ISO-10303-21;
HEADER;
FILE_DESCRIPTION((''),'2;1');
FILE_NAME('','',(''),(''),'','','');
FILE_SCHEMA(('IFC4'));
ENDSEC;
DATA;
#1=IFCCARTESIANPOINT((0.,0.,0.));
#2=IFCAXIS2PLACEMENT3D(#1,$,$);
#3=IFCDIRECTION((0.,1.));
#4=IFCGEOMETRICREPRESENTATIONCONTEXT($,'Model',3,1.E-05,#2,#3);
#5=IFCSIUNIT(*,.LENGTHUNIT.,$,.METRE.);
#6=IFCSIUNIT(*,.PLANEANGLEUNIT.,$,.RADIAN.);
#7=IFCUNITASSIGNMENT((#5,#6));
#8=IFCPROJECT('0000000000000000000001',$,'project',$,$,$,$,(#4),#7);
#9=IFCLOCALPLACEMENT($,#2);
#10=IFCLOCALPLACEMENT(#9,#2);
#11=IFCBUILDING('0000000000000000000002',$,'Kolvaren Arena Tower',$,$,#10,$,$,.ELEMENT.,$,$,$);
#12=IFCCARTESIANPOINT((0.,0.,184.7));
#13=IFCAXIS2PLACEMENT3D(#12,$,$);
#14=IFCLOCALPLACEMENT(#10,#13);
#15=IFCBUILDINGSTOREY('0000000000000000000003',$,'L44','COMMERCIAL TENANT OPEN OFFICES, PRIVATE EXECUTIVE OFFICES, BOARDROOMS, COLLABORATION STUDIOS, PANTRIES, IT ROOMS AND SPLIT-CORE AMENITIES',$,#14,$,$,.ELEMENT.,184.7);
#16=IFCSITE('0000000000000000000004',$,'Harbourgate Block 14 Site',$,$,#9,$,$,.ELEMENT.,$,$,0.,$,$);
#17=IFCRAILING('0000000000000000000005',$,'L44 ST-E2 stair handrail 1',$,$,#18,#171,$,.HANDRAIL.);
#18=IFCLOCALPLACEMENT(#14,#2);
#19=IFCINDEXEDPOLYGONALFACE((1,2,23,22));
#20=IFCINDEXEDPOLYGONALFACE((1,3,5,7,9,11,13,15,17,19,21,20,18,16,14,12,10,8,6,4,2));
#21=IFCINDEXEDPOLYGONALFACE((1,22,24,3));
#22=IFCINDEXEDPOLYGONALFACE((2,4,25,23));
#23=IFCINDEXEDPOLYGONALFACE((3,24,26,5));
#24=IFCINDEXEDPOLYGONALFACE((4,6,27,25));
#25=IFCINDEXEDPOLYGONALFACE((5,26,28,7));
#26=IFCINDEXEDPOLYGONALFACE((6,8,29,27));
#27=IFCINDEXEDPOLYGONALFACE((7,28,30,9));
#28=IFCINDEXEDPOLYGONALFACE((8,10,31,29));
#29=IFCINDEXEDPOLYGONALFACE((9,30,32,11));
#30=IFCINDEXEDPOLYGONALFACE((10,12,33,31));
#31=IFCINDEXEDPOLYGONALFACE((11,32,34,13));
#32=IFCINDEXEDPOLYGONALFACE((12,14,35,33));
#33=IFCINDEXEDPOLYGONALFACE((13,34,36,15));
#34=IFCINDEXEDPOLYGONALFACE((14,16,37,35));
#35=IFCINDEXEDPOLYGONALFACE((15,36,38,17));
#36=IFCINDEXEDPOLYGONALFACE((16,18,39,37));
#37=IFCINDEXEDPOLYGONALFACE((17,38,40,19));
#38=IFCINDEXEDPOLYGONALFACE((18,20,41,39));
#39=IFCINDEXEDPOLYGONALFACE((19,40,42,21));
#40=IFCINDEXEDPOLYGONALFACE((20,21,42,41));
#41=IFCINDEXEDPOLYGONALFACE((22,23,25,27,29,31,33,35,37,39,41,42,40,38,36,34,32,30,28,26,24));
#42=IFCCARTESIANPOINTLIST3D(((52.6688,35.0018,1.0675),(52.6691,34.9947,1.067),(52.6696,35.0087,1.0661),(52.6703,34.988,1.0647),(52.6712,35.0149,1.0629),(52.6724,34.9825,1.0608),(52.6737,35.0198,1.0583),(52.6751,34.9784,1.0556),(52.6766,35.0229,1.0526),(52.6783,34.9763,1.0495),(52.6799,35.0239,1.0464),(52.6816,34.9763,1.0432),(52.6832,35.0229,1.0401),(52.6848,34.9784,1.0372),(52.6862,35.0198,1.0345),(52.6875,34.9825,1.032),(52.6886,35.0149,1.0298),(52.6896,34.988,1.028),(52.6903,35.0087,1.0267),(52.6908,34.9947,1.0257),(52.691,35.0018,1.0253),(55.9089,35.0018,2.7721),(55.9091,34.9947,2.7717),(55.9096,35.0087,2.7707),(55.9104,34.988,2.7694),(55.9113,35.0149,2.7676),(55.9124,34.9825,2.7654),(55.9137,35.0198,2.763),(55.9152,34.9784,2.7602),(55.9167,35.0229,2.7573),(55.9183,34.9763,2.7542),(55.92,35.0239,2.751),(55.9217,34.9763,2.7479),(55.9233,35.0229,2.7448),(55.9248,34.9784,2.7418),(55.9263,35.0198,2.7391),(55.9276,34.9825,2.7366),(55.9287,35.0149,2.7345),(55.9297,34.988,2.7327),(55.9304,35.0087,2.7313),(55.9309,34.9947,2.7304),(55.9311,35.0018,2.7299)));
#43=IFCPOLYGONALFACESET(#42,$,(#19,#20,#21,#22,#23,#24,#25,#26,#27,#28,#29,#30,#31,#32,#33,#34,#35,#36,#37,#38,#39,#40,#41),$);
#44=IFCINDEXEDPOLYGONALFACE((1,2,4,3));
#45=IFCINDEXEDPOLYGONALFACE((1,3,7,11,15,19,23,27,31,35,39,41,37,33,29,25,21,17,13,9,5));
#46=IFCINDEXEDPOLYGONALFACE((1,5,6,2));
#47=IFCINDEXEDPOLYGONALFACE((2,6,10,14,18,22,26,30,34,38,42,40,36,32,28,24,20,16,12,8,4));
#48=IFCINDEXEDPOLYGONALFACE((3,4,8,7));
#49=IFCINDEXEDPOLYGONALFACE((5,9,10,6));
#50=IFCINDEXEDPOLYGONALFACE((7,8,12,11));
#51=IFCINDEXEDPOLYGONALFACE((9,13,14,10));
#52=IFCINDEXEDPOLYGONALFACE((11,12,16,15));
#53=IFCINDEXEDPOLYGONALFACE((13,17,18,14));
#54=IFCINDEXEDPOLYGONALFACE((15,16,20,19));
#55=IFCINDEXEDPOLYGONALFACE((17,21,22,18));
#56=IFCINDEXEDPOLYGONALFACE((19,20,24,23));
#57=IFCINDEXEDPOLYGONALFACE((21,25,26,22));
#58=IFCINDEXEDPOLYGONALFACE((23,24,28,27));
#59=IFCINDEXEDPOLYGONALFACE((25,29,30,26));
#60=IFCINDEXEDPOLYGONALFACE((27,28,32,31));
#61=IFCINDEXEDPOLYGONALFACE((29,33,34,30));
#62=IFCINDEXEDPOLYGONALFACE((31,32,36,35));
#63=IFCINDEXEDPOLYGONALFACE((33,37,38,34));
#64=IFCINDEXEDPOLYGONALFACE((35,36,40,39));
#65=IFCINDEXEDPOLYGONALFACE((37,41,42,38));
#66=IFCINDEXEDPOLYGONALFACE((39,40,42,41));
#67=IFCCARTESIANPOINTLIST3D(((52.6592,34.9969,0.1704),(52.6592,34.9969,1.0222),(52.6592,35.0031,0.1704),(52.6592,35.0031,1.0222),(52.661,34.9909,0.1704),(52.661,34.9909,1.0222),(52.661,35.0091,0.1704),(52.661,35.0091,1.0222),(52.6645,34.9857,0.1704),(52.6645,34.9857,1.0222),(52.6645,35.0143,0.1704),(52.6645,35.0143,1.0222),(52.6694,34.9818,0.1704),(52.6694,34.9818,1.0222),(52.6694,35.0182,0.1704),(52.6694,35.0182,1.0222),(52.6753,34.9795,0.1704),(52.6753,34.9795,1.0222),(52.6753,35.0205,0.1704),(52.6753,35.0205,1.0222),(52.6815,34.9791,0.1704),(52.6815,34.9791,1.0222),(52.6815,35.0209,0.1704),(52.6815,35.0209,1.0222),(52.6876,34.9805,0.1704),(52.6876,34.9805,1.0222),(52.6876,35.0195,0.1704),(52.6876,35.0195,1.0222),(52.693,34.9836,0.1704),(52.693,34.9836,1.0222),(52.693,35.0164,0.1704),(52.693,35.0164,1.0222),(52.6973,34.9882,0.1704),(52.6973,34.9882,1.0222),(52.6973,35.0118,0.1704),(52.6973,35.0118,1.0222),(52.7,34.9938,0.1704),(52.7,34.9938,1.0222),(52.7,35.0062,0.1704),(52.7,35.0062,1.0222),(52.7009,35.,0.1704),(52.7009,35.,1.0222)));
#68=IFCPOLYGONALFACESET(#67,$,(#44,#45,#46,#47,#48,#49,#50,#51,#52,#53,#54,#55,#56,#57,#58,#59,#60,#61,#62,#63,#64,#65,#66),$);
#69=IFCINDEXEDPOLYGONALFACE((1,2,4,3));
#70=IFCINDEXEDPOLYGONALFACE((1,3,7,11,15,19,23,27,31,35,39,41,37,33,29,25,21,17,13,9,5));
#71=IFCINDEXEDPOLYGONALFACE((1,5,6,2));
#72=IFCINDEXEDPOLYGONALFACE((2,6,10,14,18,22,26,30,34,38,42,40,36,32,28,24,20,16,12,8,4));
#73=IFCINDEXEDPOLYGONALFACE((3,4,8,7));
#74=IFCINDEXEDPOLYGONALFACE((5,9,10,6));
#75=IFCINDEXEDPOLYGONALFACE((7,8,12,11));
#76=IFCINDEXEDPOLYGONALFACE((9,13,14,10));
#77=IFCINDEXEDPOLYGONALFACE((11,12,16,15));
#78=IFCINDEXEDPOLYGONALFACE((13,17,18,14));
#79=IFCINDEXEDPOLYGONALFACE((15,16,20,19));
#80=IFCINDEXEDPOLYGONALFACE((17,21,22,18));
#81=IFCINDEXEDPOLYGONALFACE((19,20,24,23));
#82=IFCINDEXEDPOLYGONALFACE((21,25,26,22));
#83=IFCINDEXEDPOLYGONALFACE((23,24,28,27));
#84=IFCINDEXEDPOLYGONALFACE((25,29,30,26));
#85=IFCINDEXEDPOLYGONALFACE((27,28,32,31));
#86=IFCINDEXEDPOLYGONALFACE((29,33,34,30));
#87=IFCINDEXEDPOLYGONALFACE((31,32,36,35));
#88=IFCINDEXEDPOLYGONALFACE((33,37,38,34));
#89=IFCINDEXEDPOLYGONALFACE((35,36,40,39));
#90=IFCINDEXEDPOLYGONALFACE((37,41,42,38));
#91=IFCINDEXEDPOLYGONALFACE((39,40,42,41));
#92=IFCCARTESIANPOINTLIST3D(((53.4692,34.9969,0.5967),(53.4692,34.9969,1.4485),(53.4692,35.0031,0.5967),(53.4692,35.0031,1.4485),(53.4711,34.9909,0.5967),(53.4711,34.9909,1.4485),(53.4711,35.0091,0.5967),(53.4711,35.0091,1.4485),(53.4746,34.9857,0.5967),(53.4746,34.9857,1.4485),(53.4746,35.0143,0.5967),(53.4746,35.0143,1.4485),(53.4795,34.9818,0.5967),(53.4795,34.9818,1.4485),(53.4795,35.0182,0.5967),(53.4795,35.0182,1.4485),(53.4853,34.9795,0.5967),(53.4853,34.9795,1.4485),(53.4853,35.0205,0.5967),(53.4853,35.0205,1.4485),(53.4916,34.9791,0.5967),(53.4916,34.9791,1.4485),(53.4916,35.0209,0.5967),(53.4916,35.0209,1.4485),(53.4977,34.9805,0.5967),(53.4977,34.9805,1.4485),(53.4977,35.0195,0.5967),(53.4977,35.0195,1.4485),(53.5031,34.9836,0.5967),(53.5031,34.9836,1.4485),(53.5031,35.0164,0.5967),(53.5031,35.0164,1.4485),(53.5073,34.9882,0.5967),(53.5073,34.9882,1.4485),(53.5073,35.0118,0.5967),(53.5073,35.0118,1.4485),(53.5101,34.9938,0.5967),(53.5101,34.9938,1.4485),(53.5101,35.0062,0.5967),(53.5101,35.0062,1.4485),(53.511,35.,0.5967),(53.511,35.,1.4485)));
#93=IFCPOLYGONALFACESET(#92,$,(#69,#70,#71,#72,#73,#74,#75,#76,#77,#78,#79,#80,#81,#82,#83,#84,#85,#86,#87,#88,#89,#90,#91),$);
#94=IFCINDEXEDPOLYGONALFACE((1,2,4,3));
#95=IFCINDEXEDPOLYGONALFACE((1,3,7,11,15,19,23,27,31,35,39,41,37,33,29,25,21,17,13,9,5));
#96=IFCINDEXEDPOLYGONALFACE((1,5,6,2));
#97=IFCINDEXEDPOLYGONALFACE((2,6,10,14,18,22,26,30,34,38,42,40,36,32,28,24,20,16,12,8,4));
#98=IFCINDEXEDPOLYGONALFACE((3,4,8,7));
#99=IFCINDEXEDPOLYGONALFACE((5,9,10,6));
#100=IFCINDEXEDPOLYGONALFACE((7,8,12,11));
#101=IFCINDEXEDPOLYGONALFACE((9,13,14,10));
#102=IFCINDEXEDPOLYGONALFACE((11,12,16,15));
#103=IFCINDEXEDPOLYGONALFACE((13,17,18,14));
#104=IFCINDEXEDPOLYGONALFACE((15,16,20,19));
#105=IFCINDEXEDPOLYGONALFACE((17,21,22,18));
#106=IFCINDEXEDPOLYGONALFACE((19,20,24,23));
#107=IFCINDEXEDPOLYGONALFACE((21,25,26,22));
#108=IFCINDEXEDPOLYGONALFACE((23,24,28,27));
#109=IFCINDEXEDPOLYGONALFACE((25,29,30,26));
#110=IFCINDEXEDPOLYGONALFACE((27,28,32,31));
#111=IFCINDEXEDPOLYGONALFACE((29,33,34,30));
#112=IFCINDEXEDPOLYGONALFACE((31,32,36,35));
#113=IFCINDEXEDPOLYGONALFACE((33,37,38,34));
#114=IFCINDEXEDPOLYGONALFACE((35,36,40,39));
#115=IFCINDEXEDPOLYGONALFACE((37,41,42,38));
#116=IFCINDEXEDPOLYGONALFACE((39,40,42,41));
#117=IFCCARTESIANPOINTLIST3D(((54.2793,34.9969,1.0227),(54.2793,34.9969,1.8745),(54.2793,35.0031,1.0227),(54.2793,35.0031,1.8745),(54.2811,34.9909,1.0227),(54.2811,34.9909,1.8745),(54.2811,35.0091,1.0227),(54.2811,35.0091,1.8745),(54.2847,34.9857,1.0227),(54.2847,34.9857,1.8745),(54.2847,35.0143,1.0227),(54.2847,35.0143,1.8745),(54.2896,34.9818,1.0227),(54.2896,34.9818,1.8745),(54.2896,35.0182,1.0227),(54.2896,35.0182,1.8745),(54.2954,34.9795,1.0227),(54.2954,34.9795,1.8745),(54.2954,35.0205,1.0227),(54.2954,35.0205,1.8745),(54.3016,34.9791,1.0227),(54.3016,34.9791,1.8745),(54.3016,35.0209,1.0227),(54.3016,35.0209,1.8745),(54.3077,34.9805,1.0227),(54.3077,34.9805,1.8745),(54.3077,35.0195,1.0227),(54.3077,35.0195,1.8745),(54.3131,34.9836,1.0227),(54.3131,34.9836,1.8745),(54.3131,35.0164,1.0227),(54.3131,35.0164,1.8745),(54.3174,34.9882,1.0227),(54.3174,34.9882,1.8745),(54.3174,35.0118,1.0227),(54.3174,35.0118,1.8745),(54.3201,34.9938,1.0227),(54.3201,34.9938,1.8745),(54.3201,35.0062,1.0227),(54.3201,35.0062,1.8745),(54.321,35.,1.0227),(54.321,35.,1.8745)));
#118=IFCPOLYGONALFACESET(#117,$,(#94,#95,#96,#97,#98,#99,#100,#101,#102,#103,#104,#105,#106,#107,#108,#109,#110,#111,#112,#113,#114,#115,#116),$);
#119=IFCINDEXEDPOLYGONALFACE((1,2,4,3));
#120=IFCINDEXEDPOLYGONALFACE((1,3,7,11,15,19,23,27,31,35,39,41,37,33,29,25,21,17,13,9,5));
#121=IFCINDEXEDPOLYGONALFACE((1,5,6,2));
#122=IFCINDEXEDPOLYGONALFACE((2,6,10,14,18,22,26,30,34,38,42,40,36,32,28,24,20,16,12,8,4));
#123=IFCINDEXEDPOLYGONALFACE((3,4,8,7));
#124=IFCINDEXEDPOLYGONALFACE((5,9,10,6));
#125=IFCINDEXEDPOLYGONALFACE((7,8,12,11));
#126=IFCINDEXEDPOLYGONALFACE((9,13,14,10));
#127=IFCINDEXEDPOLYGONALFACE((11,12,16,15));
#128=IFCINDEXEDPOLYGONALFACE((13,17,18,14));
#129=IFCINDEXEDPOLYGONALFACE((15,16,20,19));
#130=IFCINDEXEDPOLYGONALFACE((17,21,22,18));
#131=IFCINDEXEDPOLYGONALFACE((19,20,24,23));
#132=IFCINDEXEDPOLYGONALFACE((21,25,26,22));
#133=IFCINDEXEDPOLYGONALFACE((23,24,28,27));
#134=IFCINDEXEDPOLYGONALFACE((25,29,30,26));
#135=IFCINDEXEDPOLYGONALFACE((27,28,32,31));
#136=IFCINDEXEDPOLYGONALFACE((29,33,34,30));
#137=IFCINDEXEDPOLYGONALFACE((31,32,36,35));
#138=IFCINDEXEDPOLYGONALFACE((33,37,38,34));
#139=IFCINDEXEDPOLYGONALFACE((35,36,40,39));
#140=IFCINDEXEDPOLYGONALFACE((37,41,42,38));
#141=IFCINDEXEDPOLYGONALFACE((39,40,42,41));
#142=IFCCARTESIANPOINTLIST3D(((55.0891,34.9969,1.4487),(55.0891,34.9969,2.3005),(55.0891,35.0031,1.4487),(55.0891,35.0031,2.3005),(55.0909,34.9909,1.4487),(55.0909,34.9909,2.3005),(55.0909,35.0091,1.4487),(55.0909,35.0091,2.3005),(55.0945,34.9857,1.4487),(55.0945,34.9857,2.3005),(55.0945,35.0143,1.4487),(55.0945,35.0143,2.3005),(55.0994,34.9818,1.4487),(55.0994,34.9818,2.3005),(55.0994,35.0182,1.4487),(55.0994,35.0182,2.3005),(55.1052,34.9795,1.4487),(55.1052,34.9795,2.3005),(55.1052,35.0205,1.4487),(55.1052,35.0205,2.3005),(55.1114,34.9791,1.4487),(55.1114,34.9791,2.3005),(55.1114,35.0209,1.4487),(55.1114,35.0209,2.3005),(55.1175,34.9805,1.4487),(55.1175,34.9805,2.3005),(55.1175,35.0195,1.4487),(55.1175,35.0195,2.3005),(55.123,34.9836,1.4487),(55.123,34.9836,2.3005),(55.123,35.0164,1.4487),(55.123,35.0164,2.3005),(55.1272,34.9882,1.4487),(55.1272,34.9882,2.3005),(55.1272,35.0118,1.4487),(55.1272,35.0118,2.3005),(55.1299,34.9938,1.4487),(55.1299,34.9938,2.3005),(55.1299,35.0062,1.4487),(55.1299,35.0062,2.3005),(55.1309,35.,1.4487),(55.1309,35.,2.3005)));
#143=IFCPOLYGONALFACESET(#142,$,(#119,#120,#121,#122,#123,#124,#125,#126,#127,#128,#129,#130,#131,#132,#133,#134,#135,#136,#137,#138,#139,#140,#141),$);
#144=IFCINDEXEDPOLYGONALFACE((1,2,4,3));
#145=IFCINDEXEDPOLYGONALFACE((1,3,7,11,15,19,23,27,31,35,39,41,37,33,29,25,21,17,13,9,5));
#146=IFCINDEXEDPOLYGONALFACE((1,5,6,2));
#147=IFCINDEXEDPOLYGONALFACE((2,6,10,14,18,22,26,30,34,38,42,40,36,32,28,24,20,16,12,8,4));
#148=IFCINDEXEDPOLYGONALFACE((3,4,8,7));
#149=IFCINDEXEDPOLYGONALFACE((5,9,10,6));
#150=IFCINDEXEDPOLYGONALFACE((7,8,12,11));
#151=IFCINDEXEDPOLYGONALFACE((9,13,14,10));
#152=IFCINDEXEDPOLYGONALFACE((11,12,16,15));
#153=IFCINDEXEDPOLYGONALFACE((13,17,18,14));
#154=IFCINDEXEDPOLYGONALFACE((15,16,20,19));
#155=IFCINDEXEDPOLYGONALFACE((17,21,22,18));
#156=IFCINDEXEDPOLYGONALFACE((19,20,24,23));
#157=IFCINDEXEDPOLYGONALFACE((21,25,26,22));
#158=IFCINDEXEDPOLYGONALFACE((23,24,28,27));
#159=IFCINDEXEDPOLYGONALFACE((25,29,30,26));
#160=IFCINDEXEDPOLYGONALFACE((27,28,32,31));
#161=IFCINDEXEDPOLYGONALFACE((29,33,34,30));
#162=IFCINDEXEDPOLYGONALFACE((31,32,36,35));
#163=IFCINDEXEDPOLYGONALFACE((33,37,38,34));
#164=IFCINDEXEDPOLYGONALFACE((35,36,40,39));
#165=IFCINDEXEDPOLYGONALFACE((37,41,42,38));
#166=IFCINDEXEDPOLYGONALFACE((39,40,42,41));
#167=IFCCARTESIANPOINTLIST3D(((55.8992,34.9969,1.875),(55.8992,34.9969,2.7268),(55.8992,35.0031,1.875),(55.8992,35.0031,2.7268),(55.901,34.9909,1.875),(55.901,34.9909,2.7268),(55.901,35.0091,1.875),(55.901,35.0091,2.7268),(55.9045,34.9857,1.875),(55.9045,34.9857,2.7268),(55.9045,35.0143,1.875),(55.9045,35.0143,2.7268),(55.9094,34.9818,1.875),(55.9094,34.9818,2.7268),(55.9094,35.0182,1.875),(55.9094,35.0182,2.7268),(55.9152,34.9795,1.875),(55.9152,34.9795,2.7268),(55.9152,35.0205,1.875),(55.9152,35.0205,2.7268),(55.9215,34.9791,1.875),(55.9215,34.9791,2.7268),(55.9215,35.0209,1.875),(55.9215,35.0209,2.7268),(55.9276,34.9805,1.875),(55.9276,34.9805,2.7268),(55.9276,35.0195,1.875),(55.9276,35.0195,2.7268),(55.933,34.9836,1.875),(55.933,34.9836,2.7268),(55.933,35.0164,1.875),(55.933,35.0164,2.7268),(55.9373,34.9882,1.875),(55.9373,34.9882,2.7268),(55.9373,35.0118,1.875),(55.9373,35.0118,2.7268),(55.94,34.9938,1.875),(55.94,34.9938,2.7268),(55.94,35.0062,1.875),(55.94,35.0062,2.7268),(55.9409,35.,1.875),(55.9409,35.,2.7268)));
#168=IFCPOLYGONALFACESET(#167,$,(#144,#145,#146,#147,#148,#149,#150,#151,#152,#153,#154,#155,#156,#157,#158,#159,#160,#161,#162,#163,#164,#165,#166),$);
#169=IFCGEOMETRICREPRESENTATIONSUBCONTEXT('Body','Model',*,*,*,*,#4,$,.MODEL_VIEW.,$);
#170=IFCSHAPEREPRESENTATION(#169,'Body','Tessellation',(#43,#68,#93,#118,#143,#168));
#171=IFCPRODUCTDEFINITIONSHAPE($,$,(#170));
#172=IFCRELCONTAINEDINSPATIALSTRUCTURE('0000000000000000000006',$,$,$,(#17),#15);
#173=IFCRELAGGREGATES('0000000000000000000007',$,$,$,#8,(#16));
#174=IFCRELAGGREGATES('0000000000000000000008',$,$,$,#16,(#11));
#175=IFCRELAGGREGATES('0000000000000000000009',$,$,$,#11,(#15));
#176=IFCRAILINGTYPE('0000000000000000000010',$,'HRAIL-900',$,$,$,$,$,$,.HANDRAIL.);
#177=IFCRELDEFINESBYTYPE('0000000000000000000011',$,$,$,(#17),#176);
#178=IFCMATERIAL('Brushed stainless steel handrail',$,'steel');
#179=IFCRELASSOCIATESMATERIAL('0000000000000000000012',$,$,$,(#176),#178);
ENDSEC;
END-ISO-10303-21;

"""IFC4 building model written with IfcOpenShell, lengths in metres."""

from ifc_helpers import new_model, si_unit, direction, frame, origin, origin_2d, place, context, subcontext, project, spatial, circle, extrude, material, type_object, element, save


model = new_model("IFC4")

# Units and contexts
model_context = context("Model", 3, precision=1e-05, world=origin(), true_north=direction((0.0, 1.0)))
body_context = subcontext(model_context, "Body", "Model", "MODEL_VIEW")
ifc_project = project(units=[si_unit("LENGTHUNIT", "METRE"), si_unit("PLANEANGLEUNIT", "RADIAN")], contexts=[model_context])

# Site, building, storey
site_placement = place(None, origin())
site = spatial("IfcSite", under=ifc_project, at=site_placement, Name="Harbourgate Block 14 Site", CompositionType="ELEMENT", RefElevation=0.0)
building_placement = place(site_placement, origin())
building = spatial("IfcBuilding", under=site, at=building_placement, Name="Kolvaren Arena Tower", CompositionType="ELEMENT")
storey_placement = place(building_placement, frame((0.0, 0.0, 184.7)))
storey = spatial("IfcBuildingStorey", under=building, at=storey_placement, Name="L44", Description="COMMERCIAL TENANT OPEN OFFICES, PRIVATE EXECUTIVE OFFICES, BOARDROOMS, COLLABORATION STUDIOS, PANTRIES, IT ROOMS AND SPLIT-CORE AMENITIES", CompositionType="ELEMENT", Elevation=184.7)

# Railing
ifc_material_1 = material(Name="Brushed stainless steel handrail", Category="steel")
railing_type_1 = type_object("IfcRailingType", Name="HRAIL-900", PredefinedType="HANDRAIL", material=ifc_material_1)
railing_placement = place(storey_placement, frame((52.6799, 35.0, 0.1704)))
element("IfcRailing", 1, at=railing_placement, inside=storey, type_object=railing_type_1, Name="L44 ST-E2 stair handrail 1", PredefinedType="HANDRAIL", context=body_context, shape_type="SweptSolid", body=[
    extrude(circle(Radius=0.0239, at=origin_2d()), frame((0.0, 0.0, 0.876), z_axis=(0.884993, 0.0, 0.465604), x_axis=(0.0, 1.0, 0.0)), (0.0, 0.0, 1.0), 3.6611),
    extrude(circle(Radius=0.021, at=origin_2d()), origin(), (0.0, 0.0, 1.0), 0.8518),
    extrude(circle(Radius=0.021, at=origin_2d()), frame((0.8101, 0.0, 0.4263)), (0.0, 0.0, 1.0), 0.8518),
    extrude(circle(Radius=0.021, at=origin_2d()), frame((1.6201, 0.0, 0.8523)), (0.0, 0.0, 1.0), 0.8518),
    extrude(circle(Radius=0.021, at=origin_2d()), frame((2.4299, 0.0, 1.2783)), (0.0, 0.0, 1.0), 0.8518),
    extrude(circle(Radius=0.021, at=origin_2d()), frame((3.24, 0.0, 1.7046)), (0.0, 0.0, 1.0), 0.8518),
])

save(model, "model.ifc")
